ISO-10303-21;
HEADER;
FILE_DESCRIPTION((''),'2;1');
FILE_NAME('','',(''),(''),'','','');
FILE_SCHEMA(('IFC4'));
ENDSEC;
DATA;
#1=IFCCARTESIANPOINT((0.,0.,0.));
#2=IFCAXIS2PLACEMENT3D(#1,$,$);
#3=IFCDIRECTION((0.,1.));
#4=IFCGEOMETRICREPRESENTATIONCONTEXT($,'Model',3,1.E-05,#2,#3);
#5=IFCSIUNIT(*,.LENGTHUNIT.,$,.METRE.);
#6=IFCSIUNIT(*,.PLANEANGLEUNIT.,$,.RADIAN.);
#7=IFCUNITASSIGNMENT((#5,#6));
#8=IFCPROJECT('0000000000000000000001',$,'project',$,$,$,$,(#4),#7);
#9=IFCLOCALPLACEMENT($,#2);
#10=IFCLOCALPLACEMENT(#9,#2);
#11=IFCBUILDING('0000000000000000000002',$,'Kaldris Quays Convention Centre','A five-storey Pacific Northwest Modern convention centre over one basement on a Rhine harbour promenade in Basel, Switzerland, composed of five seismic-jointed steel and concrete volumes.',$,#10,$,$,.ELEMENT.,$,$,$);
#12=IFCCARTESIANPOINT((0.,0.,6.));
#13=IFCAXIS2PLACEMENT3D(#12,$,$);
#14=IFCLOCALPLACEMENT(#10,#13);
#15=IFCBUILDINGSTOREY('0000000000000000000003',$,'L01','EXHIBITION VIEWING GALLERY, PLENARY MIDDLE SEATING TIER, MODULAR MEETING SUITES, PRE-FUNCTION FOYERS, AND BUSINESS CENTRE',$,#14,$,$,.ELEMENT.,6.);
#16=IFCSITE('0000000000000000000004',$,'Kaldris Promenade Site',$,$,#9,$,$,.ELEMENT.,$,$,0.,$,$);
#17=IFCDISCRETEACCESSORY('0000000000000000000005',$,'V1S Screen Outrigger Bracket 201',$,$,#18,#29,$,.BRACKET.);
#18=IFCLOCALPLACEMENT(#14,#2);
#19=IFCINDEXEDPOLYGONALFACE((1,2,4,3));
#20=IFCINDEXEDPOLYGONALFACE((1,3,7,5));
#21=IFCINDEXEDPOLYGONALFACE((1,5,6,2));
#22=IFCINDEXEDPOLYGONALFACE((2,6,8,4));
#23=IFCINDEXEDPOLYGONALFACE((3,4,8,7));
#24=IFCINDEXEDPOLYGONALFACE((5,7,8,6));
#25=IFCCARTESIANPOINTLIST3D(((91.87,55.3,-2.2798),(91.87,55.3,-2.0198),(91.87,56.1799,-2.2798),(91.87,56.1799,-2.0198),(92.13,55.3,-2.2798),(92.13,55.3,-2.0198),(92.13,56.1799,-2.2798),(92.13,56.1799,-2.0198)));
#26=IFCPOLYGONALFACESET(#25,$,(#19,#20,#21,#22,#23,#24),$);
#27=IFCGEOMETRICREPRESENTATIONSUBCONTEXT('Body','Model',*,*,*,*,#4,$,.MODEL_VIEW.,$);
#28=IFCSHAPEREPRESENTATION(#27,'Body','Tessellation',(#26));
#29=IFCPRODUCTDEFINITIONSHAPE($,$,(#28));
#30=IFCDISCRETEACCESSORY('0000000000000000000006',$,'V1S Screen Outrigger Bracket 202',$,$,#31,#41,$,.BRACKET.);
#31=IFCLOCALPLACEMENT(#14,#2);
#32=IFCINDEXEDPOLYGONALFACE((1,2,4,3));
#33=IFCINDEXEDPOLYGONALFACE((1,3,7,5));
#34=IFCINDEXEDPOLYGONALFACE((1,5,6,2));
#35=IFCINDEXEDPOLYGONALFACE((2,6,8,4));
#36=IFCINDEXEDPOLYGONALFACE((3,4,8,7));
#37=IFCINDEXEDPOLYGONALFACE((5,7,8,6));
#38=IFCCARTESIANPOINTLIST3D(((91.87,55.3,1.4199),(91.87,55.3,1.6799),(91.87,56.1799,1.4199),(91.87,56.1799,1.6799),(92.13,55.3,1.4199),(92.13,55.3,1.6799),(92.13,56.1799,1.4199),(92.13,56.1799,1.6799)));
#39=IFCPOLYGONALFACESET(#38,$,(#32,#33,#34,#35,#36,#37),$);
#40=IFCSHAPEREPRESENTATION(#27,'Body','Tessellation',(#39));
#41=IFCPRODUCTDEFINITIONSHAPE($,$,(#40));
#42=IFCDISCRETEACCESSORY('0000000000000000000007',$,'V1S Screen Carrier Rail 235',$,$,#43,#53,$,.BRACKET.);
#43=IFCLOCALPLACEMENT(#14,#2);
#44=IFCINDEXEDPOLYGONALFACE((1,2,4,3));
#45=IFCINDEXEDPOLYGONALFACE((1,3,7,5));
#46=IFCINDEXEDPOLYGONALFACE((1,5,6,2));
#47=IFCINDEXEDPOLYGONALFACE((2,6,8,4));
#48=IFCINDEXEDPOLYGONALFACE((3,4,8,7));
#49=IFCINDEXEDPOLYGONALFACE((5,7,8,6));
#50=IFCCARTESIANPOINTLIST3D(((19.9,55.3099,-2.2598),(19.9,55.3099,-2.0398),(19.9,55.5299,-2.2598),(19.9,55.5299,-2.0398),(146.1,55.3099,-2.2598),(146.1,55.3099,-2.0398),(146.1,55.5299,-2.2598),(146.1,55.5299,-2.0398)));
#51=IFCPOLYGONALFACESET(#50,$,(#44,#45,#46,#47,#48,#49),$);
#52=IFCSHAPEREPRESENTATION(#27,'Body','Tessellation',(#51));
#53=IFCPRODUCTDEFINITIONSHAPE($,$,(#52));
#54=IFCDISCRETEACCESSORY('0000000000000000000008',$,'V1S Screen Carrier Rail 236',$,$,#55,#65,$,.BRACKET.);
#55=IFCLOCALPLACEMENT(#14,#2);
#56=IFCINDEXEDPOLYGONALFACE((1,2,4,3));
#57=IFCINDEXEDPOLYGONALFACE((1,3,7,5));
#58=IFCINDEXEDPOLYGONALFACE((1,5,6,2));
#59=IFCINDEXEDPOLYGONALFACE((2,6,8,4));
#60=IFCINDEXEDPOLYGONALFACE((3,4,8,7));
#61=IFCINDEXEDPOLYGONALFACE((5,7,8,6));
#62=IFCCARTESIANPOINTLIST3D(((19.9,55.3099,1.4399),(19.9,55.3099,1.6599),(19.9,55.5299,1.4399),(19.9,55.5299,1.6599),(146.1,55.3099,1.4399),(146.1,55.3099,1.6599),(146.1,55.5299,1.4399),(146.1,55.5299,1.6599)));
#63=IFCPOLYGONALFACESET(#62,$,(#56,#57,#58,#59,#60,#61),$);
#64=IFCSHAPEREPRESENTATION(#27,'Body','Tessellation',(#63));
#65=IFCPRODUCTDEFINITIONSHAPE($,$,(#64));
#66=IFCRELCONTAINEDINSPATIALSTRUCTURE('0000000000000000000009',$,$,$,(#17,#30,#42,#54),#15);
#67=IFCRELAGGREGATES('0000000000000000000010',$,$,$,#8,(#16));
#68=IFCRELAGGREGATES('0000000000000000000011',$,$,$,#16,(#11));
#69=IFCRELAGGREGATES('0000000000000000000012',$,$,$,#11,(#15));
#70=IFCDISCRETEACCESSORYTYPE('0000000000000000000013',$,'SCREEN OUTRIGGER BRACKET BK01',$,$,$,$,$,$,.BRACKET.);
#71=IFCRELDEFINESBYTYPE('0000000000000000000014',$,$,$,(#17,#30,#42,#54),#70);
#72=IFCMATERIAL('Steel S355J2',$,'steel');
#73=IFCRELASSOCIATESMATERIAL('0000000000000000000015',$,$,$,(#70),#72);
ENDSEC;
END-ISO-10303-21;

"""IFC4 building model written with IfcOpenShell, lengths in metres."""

from ifc_helpers import new_model, si_unit, direction, frame, origin, origin_2d, place, context, subcontext, project, spatial, rectangle, extrude, material, type_object, element, save


model = new_model("IFC4")

# Units and contexts
model_context = context("Model", 3, precision=1e-05, world=origin(), true_north=direction((0.0, 1.0)))
body_context = subcontext(model_context, "Body", "Model", "MODEL_VIEW")
ifc_project = project(units=[si_unit("LENGTHUNIT", "METRE"), si_unit("PLANEANGLEUNIT", "RADIAN")], contexts=[model_context])

# Site, building, storey
site_placement = place(None, origin())
site = spatial("IfcSite", under=ifc_project, at=site_placement, Name="Kaldris Promenade Site", CompositionType="ELEMENT", RefElevation=0.0)
building_placement = place(site_placement, origin())
building = spatial("IfcBuilding", under=site, at=building_placement, Name="Kaldris Quays Convention Centre", Description="A five-storey Pacific Northwest Modern convention centre over one basement on a Rhine harbour promenade in Basel, Switzerland, composed of five seismic-jointed steel and concrete volumes.", CompositionType="ELEMENT")
storey_placement = place(building_placement, frame((0.0, 0.0, 6.0)))
storey = spatial("IfcBuildingStorey", under=building, at=storey_placement, Name="L01", Description="EXHIBITION VIEWING GALLERY, PLENARY MIDDLE SEATING TIER, MODULAR MEETING SUITES, PRE-FUNCTION FOYERS, AND BUSINESS CENTRE", CompositionType="ELEMENT", Elevation=6.0)

# Shared definitions
ifc_material_1 = material(Name="Steel S355J2", Category="steel")

# Discrete accessories
discrete_accessory_type = type_object("IfcDiscreteAccessoryType", Name="SCREEN OUTRIGGER BRACKET BK01", PredefinedType="BRACKET", material=ifc_material_1)
for number, where, z_axis, x_axis, name in (
    (1, (92.0, 55.74, -2.2798), (0.0, 0.0, 1.0), (1.0, 0.0, 0.0), "V1S Screen Outrigger Bracket 201"),
    (2, (92.0, 55.74, 1.4199), (0.0, 0.0, 1.0), (1.0, 0.0, 0.0), "V1S Screen Outrigger Bracket 202"),
):
    element("IfcDiscreteAccessory", number, at=place(storey_placement, frame(where, z_axis=z_axis, x_axis=x_axis)), inside=storey, type_object=discrete_accessory_type, Name=name, PredefinedType="BRACKET", context=body_context, shape_type="SweptSolid", body=[
        extrude(rectangle(XDim=0.26, YDim=0.8799, at=origin_2d()), origin(), (0.0, 0.0, 1.0), 0.26),
    ])
for number, where, z_axis, x_axis, name in (
    (3, (83.0, 55.4199, -2.2598), (0.0, 0.0, 1.0), (1.0, 0.0, 0.0), "V1S Screen Carrier Rail 235"),
    (4, (83.0, 55.4199, 1.4399), (0.0, 0.0, 1.0), (1.0, 0.0, 0.0), "V1S Screen Carrier Rail 236"),
):
    element("IfcDiscreteAccessory", number, at=place(storey_placement, frame(where, z_axis=z_axis, x_axis=x_axis)), inside=storey, type_object=discrete_accessory_type, Name=name, PredefinedType="BRACKET", context=body_context, shape_type="SweptSolid", body=[
        extrude(rectangle(XDim=126.2, YDim=0.22, at=origin_2d()), origin(), (0.0, 0.0, 1.0), 0.22),
    ])

save(model, "model.ifc")
